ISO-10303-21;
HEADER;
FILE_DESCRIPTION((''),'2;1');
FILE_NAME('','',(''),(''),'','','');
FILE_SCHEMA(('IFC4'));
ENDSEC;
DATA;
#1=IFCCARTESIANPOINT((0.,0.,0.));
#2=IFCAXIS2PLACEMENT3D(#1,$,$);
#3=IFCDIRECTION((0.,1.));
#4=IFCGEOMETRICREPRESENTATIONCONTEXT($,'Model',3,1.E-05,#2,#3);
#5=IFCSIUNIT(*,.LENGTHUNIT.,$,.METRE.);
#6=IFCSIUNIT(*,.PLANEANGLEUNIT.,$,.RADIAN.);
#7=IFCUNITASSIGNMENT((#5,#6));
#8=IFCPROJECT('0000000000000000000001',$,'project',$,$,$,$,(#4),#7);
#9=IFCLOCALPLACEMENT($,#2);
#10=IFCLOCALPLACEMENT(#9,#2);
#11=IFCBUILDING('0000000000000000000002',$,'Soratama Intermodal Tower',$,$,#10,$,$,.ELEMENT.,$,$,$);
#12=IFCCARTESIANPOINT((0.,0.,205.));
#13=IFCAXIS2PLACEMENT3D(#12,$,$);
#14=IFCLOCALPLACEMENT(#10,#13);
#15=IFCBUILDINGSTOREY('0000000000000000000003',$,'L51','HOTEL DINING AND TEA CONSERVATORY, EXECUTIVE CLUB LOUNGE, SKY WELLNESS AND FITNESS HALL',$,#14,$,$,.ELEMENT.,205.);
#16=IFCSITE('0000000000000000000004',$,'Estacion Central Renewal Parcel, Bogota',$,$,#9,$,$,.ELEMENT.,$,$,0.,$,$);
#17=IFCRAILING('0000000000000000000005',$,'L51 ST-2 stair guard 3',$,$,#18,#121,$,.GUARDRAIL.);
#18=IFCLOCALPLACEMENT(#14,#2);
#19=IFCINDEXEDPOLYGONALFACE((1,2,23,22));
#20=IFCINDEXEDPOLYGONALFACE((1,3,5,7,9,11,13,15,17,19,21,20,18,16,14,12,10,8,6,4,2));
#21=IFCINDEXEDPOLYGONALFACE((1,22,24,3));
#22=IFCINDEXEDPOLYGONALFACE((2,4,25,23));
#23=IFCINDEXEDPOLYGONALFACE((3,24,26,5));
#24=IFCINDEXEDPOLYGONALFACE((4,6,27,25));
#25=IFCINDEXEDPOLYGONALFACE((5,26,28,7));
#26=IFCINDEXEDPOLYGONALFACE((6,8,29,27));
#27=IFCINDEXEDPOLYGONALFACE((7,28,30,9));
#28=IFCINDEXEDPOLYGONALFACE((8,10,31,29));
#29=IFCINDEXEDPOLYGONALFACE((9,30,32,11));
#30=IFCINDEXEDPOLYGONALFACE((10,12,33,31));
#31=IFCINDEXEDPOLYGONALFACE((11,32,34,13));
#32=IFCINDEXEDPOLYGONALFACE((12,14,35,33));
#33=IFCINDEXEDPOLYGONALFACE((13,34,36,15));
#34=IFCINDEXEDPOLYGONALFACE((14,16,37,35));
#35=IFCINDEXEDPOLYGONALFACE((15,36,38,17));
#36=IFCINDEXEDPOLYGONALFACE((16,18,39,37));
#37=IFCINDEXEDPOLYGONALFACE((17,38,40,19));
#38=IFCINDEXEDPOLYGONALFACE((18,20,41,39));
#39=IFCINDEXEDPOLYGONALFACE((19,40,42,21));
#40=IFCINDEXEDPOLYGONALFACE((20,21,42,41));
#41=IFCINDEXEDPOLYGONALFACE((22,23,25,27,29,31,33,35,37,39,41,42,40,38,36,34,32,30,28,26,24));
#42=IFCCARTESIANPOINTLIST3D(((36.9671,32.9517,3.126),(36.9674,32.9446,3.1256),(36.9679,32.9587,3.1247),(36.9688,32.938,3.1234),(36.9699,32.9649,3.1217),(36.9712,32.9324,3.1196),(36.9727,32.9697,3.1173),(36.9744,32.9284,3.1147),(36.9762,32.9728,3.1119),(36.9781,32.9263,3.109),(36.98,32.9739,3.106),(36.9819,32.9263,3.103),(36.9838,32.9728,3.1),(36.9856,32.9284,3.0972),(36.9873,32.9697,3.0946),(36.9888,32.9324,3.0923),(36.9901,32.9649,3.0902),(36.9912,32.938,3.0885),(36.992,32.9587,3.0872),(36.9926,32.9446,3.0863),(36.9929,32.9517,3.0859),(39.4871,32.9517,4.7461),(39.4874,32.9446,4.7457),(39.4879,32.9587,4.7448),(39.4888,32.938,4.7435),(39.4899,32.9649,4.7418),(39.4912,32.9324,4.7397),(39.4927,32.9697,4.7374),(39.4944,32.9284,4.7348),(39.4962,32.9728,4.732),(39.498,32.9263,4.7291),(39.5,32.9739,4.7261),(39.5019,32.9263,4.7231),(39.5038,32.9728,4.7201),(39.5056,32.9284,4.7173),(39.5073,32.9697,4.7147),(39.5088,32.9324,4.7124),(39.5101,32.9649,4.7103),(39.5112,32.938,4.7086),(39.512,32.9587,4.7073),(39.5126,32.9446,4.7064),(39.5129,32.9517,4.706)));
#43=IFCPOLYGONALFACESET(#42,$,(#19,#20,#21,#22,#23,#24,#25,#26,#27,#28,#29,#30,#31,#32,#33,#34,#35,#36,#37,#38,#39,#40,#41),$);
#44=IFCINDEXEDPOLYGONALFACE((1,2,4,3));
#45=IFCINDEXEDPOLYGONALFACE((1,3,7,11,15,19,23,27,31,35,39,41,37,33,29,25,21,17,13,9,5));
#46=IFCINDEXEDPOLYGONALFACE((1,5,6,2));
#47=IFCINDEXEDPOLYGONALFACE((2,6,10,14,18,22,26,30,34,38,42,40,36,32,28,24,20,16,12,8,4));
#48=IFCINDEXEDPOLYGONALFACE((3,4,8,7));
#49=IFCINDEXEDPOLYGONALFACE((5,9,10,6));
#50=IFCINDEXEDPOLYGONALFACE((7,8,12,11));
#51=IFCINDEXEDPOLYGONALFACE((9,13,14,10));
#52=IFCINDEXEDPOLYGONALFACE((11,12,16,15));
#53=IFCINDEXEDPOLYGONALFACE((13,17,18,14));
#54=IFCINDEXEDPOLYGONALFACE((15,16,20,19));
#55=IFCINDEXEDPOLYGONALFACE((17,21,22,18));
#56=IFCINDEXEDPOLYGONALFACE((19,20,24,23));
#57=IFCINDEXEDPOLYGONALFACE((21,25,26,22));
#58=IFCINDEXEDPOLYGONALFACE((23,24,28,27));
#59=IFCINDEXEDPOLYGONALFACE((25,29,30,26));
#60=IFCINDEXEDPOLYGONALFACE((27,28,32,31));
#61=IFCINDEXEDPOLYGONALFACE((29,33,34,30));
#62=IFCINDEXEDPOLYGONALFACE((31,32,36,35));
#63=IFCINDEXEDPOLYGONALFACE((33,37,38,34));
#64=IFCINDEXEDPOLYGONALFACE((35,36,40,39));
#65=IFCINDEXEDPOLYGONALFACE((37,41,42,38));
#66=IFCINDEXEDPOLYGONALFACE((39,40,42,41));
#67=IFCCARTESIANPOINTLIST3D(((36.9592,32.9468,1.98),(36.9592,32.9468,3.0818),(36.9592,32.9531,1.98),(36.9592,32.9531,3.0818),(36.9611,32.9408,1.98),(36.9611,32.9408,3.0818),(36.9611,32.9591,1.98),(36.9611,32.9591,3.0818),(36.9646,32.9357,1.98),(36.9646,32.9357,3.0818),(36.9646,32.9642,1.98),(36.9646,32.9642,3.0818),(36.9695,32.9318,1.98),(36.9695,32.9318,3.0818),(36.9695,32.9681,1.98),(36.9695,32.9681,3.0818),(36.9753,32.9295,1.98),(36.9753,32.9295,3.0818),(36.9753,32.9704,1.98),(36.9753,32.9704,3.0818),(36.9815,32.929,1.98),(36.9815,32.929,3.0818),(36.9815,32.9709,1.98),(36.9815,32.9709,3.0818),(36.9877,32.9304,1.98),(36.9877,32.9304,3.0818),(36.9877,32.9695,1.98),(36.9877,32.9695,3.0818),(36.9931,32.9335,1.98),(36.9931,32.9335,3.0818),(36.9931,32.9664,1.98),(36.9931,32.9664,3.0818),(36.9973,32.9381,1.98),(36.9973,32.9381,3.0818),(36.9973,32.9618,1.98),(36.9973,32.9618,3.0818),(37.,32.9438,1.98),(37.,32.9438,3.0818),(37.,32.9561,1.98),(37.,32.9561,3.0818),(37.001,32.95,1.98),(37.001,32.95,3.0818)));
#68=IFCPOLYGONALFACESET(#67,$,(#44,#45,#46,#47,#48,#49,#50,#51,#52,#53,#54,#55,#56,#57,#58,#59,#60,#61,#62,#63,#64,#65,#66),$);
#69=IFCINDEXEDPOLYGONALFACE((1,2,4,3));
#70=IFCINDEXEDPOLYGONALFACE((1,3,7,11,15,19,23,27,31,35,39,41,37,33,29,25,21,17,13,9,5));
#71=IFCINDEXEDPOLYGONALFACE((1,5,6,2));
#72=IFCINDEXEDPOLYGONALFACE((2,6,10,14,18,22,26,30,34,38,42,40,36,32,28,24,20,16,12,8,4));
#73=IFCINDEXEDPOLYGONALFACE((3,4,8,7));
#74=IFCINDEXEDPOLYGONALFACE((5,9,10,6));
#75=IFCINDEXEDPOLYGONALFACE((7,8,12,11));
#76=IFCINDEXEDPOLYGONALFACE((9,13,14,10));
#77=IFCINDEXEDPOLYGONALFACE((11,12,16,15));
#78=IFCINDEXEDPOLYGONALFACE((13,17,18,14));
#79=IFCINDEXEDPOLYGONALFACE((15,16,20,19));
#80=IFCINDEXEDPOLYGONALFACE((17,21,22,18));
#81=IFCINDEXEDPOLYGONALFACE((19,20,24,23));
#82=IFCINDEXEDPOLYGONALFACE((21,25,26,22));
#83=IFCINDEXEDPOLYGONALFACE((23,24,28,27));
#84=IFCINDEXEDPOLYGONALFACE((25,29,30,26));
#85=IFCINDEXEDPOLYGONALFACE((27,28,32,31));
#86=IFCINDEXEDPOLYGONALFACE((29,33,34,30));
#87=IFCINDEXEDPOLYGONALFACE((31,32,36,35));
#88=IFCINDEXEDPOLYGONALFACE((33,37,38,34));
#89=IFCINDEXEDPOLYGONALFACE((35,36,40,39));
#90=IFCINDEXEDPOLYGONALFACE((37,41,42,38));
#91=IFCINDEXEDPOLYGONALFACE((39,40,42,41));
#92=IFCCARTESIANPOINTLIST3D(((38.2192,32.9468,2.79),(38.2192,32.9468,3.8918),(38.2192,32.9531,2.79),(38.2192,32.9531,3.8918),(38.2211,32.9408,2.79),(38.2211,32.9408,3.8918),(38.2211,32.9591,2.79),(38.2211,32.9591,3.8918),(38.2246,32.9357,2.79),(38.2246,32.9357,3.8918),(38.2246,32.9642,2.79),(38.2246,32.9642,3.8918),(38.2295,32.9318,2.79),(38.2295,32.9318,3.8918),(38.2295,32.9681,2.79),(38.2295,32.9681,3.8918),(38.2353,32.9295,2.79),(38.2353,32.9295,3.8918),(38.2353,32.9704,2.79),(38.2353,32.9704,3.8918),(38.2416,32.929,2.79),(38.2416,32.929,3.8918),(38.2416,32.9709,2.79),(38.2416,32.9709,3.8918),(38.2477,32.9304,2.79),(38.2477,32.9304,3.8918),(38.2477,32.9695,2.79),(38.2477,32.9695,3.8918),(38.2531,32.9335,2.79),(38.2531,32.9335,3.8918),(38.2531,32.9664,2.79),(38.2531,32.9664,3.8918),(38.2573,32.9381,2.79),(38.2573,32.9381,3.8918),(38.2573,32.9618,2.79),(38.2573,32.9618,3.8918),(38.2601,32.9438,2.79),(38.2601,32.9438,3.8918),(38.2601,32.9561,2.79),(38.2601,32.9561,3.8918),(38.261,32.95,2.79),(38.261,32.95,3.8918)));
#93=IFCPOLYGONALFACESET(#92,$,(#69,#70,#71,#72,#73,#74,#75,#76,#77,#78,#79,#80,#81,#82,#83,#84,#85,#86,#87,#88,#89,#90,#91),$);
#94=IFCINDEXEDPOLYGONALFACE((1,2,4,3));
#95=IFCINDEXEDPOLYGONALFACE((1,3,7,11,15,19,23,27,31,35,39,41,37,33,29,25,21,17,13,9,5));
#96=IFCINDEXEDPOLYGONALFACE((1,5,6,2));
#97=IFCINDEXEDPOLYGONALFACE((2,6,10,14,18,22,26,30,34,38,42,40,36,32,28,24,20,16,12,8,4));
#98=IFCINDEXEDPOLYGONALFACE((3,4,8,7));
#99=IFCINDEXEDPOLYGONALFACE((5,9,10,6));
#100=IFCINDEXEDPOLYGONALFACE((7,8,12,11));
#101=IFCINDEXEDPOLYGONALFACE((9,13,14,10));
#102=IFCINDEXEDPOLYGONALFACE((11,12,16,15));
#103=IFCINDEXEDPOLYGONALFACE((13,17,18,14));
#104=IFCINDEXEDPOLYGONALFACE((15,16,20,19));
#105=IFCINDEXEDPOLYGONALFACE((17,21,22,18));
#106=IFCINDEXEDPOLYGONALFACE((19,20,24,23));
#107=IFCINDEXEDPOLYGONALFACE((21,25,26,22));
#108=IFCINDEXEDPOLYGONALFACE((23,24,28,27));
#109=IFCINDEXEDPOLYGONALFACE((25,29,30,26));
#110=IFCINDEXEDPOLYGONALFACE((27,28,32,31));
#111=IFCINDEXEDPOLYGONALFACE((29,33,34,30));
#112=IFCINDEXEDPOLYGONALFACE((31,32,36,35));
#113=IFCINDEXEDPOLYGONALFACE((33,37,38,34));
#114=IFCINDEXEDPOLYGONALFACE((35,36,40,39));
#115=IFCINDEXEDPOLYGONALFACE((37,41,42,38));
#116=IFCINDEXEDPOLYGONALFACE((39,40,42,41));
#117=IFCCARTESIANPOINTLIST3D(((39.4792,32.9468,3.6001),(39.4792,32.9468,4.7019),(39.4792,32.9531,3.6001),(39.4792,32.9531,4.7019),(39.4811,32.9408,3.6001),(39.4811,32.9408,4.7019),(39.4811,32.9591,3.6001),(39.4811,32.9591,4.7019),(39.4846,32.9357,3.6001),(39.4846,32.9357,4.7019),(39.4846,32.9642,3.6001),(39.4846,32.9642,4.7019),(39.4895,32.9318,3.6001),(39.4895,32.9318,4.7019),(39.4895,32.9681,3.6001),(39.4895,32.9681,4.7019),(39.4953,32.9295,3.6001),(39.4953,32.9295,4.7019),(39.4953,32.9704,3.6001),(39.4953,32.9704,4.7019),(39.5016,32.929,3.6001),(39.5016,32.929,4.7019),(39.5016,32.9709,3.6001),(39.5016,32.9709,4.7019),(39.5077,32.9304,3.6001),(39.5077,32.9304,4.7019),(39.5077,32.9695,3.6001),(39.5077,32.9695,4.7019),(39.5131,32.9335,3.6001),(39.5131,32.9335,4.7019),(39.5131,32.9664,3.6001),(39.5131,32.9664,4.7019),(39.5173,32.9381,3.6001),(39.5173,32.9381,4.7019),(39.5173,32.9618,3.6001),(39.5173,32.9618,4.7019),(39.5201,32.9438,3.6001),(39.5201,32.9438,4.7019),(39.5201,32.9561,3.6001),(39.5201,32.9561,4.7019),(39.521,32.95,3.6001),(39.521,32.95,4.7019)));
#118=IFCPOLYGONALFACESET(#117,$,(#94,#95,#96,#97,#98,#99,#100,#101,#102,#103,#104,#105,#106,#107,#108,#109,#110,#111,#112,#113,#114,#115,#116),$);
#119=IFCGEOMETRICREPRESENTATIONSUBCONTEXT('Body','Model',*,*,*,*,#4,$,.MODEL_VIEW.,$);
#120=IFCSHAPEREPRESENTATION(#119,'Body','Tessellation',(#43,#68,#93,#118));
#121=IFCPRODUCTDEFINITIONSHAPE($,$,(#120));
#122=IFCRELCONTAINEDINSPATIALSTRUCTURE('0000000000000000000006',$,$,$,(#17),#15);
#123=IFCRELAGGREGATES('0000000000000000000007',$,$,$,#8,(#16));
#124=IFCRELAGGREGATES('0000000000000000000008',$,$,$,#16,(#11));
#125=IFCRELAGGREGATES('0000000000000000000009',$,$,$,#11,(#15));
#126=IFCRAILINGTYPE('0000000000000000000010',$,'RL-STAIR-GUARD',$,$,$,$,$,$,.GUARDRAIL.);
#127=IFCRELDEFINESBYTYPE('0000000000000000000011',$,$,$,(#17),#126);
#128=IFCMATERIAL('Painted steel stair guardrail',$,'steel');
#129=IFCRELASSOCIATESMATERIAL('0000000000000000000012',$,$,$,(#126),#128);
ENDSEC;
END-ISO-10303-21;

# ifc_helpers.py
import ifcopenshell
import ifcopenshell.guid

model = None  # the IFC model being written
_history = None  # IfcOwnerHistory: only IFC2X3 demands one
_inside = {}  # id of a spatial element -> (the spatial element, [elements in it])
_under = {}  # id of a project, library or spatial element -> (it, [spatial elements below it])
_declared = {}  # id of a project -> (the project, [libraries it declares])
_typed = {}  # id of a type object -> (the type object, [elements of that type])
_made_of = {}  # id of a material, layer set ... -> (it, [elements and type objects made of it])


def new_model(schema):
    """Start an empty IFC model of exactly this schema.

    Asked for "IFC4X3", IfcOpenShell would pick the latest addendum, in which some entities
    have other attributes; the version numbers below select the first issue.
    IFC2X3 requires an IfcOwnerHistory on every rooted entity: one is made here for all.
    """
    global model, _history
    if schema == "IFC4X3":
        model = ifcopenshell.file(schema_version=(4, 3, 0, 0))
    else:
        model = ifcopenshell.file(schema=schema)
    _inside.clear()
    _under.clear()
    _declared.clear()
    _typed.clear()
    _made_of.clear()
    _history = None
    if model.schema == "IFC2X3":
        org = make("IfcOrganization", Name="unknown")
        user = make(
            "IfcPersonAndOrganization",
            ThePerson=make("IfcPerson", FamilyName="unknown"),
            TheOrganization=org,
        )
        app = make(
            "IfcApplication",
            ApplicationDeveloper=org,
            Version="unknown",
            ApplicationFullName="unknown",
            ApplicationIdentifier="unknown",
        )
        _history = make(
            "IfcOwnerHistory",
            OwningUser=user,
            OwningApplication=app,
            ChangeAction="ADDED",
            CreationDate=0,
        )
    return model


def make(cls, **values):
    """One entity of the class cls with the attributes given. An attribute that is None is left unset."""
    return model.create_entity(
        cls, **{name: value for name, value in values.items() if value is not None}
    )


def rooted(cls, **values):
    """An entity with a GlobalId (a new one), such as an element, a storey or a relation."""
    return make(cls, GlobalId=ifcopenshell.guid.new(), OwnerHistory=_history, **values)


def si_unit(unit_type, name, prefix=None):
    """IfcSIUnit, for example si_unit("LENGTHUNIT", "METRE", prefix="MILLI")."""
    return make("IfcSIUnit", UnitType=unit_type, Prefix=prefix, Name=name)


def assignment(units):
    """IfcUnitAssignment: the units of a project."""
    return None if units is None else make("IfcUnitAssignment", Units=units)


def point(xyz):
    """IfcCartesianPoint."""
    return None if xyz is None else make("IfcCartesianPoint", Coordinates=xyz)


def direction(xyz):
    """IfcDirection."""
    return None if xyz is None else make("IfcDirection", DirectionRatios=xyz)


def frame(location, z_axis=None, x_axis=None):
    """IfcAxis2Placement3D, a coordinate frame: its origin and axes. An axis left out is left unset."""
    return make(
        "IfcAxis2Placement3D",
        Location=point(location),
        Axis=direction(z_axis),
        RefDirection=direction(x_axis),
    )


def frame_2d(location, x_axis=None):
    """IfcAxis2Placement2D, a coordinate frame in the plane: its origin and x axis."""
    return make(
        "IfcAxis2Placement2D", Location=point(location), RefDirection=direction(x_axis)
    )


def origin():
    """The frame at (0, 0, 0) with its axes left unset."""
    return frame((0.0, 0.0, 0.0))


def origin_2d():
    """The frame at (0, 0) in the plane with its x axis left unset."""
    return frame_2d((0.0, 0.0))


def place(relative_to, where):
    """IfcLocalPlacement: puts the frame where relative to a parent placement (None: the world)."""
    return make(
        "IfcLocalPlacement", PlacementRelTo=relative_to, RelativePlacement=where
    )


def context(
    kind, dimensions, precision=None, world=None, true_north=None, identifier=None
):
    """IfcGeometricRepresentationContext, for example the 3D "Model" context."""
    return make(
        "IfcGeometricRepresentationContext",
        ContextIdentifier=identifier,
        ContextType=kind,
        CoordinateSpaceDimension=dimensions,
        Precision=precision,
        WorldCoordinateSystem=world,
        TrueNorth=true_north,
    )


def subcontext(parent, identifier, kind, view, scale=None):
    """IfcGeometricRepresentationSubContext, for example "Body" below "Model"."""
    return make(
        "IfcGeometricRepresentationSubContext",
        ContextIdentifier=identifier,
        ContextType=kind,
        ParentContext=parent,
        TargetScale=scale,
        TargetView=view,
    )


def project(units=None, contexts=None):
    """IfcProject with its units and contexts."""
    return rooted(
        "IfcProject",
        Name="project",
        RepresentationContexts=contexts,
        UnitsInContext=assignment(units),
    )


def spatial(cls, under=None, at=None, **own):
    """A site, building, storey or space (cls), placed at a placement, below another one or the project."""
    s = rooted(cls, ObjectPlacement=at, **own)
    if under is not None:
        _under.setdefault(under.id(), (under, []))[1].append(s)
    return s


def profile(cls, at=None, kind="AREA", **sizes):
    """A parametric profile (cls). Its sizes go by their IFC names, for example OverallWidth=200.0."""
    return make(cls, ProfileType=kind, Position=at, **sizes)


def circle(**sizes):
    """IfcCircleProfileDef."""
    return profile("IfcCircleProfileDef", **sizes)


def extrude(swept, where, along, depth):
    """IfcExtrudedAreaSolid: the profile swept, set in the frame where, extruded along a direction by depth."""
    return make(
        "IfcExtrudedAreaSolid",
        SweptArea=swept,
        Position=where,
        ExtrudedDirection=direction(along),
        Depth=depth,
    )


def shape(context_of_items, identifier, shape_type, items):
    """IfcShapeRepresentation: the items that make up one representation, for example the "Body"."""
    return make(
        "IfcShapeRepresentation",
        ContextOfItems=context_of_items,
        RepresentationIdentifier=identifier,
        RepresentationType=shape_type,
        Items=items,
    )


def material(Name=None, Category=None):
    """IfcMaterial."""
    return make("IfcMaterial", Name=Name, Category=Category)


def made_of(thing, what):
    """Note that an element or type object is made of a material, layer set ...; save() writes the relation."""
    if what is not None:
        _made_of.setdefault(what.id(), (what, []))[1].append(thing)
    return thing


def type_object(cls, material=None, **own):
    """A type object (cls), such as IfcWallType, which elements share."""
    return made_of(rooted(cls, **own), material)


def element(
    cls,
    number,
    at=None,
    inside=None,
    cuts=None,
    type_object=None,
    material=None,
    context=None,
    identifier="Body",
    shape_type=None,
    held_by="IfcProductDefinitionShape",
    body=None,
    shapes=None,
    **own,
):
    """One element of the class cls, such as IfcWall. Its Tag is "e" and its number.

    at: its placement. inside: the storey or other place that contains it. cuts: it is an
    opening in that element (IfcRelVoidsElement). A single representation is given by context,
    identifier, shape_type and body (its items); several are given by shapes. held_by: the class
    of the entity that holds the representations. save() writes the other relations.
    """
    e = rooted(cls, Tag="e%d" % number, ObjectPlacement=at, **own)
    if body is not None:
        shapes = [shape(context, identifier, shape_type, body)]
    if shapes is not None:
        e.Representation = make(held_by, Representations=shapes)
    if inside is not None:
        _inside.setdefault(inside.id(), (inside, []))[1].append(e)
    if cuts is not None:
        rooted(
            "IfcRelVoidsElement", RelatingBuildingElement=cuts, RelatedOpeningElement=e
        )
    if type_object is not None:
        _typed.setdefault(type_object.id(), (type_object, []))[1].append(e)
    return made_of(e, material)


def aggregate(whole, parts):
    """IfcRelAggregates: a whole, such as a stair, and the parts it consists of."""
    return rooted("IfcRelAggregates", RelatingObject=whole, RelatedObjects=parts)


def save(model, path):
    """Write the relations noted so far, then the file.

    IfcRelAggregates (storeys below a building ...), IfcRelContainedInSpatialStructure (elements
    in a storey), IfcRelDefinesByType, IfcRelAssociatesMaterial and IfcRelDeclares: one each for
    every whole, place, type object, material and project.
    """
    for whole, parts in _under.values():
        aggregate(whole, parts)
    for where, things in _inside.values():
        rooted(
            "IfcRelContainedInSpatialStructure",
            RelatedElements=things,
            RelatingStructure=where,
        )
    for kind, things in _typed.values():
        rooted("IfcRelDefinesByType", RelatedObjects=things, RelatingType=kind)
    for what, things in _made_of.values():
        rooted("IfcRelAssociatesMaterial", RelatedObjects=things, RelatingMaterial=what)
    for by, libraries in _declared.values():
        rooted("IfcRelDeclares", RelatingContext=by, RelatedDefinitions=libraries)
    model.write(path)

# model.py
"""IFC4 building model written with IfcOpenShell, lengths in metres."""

from ifc_helpers import new_model, si_unit, direction, frame, origin, origin_2d, place, context, subcontext, project, spatial, circle, extrude, material, type_object, element, save


model = new_model("IFC4")

# Units and contexts
model_context = context("Model", 3, precision=1e-05, world=origin(), true_north=direction((0.0, 1.0)))
body_context = subcontext(model_context, "Body", "Model", "MODEL_VIEW")
ifc_project = project(units=[si_unit("LENGTHUNIT", "METRE"), si_unit("PLANEANGLEUNIT", "RADIAN")], contexts=[model_context])

# Site, building, storey
site_placement = place(None, origin())
site = spatial("IfcSite", under=ifc_project, at=site_placement, Name="Estacion Central Renewal Parcel, Bogota", CompositionType="ELEMENT", RefElevation=0.0)
building_placement = place(site_placement, origin())
building = spatial("IfcBuilding", under=site, at=building_placement, Name="Soratama Intermodal Tower", CompositionType="ELEMENT")
storey_placement = place(building_placement, frame((0.0, 0.0, 205.0)))
storey = spatial("IfcBuildingStorey", under=building, at=storey_placement, Name="L51", Description="HOTEL DINING AND TEA CONSERVATORY, EXECUTIVE CLUB LOUNGE, SKY WELLNESS AND FITNESS HALL", CompositionType="ELEMENT", Elevation=205.0)

# Railing
ifc_material_1 = material(Name="Painted steel stair guardrail", Category="steel")
railing_type_1 = type_object("IfcRailingType", Name="RL-STAIR-GUARD", PredefinedType="GUARDRAIL", material=ifc_material_1)
railing_1_placement = place(storey_placement, frame((36.98, 32.95, 1.98)))
element("IfcRailing", 1, at=railing_1_placement, inside=storey, type_object=railing_type_1, Name="L51 ST-2 stair guard 3", PredefinedType="GUARDRAIL", context=body_context, shape_type="SweptSolid", body=[
    extrude(circle(Radius=0.0239, at=origin_2d()), frame((0.0, 0.0, 1.126), z_axis=(0.841163, 0.0, 0.540782), x_axis=(0.0, 1.0, 0.0)), (0.0, 0.0, 1.0), 2.9958),
    extrude(circle(Radius=0.021, at=origin_2d()), origin(), (0.0, 0.0, 1.0), 1.1018),
    extrude(circle(Radius=0.021, at=origin_2d()), frame((1.26, 0.0, 0.8101)), (0.0, 0.0, 1.0), 1.1018),
    extrude(circle(Radius=0.021, at=origin_2d()), frame((2.52, 0.0, 1.6201)), (0.0, 0.0, 1.0), 1.1018),
])

save(model, "model.ifc")
